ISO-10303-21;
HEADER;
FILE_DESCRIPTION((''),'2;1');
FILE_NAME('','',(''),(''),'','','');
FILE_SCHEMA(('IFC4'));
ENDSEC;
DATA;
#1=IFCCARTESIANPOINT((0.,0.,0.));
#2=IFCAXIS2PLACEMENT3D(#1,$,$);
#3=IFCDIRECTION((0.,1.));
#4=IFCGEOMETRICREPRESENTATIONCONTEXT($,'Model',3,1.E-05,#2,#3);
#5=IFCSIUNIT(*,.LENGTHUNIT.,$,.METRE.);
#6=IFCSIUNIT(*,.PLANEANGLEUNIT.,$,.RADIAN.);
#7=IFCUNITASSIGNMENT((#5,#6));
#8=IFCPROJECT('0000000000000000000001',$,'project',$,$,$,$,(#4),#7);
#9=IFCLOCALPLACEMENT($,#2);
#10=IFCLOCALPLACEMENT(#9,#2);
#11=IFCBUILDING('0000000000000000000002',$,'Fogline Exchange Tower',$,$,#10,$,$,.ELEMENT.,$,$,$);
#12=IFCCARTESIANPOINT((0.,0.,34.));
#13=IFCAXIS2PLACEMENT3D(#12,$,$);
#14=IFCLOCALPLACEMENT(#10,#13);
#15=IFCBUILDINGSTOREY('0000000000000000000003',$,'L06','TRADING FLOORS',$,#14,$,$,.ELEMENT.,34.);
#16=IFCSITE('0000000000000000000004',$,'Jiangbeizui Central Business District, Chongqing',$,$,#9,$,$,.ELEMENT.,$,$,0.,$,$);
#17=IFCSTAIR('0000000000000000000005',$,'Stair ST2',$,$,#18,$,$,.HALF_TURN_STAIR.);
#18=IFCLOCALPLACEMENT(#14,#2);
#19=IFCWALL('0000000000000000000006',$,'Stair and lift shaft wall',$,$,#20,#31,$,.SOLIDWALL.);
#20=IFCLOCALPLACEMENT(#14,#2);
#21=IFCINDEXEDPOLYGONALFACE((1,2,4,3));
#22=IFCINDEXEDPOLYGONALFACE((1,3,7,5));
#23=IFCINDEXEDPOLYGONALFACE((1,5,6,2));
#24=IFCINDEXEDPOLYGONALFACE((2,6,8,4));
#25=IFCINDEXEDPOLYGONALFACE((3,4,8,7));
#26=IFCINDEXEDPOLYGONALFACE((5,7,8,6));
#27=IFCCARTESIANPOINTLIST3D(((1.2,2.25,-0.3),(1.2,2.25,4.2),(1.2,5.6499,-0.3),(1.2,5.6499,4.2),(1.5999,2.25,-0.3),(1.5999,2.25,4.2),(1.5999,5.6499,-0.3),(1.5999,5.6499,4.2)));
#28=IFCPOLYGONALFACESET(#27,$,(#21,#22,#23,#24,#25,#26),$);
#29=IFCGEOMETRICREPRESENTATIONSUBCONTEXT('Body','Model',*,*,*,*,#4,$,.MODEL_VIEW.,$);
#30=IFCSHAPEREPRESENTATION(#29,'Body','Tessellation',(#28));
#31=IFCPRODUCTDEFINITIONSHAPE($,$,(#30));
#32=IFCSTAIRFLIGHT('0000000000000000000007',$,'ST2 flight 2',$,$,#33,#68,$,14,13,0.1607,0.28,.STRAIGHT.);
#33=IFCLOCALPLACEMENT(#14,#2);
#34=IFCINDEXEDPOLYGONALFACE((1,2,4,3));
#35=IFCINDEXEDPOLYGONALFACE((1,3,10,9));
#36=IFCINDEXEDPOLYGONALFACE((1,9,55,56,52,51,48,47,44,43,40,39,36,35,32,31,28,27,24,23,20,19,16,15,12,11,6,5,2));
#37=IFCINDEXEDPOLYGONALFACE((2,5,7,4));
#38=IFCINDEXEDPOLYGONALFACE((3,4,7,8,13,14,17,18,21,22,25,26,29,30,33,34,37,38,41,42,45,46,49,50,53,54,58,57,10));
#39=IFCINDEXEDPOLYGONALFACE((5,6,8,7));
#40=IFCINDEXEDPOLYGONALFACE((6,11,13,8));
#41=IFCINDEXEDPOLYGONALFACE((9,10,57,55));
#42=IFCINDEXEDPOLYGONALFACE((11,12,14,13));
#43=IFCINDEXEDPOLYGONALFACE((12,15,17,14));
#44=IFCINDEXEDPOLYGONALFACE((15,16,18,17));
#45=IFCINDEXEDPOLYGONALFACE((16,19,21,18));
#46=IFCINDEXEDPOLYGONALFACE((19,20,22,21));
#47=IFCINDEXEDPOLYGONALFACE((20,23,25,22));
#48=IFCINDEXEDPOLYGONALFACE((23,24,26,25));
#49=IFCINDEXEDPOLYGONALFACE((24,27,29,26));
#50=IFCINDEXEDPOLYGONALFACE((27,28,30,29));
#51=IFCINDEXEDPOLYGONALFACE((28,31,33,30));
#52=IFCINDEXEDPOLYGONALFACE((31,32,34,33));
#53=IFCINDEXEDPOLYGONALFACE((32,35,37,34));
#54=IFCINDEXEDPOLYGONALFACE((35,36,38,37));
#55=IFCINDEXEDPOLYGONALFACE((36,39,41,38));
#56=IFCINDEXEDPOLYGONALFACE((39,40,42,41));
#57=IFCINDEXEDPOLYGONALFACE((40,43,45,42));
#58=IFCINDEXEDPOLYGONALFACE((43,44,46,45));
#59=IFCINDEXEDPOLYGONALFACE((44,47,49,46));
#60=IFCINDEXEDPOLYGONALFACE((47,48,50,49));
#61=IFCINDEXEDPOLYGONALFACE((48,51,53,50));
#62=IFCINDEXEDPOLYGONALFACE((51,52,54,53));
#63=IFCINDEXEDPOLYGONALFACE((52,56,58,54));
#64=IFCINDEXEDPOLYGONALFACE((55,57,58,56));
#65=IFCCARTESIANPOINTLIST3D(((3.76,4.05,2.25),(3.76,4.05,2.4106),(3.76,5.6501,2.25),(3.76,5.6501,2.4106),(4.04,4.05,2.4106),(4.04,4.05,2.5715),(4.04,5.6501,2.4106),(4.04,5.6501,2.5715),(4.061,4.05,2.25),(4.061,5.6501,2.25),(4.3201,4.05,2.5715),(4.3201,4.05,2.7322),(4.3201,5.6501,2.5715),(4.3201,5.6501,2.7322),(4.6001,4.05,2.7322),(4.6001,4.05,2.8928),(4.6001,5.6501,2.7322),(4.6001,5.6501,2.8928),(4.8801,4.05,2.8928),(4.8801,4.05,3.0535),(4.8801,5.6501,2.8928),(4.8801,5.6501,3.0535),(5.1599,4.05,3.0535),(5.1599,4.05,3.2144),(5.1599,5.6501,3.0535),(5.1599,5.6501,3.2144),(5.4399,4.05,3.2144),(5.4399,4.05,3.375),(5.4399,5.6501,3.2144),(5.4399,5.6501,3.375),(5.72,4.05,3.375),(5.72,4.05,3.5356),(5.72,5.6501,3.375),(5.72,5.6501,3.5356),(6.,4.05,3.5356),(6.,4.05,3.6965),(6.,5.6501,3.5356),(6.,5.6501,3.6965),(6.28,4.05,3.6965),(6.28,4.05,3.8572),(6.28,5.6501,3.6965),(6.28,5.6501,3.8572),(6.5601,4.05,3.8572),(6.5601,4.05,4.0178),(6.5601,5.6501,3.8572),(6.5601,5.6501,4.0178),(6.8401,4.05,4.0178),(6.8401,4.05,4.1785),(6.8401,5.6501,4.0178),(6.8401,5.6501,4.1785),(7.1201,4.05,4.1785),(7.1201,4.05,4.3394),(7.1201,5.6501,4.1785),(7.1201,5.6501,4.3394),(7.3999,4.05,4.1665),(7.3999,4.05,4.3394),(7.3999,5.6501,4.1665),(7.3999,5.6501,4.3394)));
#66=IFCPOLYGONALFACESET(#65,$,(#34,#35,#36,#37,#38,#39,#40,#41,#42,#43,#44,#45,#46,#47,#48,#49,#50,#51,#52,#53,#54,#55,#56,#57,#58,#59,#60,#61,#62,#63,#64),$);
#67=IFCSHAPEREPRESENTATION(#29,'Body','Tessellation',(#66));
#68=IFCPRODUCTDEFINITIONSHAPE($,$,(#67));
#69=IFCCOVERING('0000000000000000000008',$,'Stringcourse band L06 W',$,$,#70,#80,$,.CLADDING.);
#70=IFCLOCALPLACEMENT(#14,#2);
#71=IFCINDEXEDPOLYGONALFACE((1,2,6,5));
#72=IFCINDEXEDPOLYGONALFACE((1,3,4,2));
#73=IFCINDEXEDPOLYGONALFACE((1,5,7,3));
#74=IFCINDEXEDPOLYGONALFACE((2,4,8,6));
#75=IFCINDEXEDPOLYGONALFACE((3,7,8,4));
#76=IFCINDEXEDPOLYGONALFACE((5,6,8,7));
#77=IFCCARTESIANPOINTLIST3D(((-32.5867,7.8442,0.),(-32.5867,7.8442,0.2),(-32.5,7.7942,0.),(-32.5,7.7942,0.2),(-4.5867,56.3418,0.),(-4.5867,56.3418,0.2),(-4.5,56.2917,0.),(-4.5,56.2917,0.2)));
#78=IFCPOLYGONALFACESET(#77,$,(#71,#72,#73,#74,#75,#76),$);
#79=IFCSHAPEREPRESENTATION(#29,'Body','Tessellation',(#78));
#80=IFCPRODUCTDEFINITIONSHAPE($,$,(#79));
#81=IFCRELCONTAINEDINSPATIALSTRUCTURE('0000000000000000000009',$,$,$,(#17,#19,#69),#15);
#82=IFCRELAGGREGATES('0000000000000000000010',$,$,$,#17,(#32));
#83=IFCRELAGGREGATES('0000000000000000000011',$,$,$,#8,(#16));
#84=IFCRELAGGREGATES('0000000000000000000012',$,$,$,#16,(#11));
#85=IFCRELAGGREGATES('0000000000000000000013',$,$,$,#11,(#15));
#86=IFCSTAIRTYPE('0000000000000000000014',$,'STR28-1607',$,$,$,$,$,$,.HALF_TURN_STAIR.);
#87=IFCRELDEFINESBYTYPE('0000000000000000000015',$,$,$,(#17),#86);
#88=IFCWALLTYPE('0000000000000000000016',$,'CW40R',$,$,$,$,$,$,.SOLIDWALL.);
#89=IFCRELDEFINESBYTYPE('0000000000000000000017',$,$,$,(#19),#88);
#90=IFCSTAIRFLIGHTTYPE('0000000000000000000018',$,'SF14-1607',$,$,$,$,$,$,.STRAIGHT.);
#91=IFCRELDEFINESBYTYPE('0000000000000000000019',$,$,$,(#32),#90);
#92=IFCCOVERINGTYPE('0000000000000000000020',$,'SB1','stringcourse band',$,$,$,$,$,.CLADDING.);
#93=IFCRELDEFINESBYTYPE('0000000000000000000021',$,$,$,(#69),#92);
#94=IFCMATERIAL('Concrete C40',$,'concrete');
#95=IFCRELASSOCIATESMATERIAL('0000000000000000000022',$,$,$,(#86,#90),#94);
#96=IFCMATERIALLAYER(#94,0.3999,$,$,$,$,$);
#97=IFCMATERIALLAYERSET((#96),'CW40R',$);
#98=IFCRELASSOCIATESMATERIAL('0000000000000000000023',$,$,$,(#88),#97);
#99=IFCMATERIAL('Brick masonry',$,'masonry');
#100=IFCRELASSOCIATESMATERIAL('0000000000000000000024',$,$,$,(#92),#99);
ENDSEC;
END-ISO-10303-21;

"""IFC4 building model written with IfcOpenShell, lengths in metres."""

from ifc_helpers import new_model, si_unit, direction, frame, frame_2d, origin, place, context, subcontext, project, spatial, polyline, rectangle, outline, extrude, material, layer, layer_set, type_object, element, aggregate, save


model = new_model("IFC4")

# Units and contexts
model_context = context("Model", 3, precision=1e-05, world=origin(), true_north=direction((0.0, 1.0)))
body_context = subcontext(model_context, "Body", "Model", "MODEL_VIEW")
ifc_project = project(units=[si_unit("LENGTHUNIT", "METRE"), si_unit("PLANEANGLEUNIT", "RADIAN")], contexts=[model_context])

# Site, building, storey
site_placement = place(None, origin())
site = spatial("IfcSite", under=ifc_project, at=site_placement, Name="Jiangbeizui Central Business District, Chongqing", CompositionType="ELEMENT", RefElevation=0.0)
building_placement = place(site_placement, origin())
building = spatial("IfcBuilding", under=site, at=building_placement, Name="Fogline Exchange Tower", CompositionType="ELEMENT")
storey_placement = place(building_placement, frame((0.0, 0.0, 34.0)))
storey = spatial("IfcBuildingStorey", under=building, at=storey_placement, Name="L06", Description="TRADING FLOORS", CompositionType="ELEMENT", Elevation=34.0)

# Shared definitions
ifc_material_1 = material(Name="Concrete C40", Category="concrete")

# Stair
stair_type = type_object("IfcStairType", Name="STR28-1607", PredefinedType="HALF_TURN_STAIR", material=ifc_material_1)
stair_1_placement = place(storey_placement, origin())
stair_1 = element("IfcStair", 1, at=stair_1_placement, inside=storey, type_object=stair_type, Name="Stair ST2", PredefinedType="HALF_TURN_STAIR")

# Wall
ifc_layer_1 = layer(ifc_material_1, 0.3999)
ifc_layer_set_1 = layer_set([ifc_layer_1], Name="CW40R")
wall_type_1 = type_object("IfcWallType", Name="CW40R", PredefinedType="SOLIDWALL", material=ifc_layer_set_1)
wall_1_placement = place(storey_placement, frame((1.3999, 2.25, -0.3), z_axis=(0.0, 0.0, 1.0), x_axis=(0.0, 1.0, 0.0)))
element("IfcWall", 2, at=wall_1_placement, inside=storey, type_object=wall_type_1, Name="Stair and lift shaft wall", PredefinedType="SOLIDWALL", context=body_context, shape_type="SweptSolid", body=[
    extrude(rectangle(XDim=3.3999, YDim=0.3999, at=frame_2d((1.7, 0.0))), origin(), (0.0, 0.0, 1.0), 4.5),
])

# Stair flight
stair_flight_type = type_object("IfcStairFlightType", Name="SF14-1607", PredefinedType="STRAIGHT", material=ifc_material_1)
stair_flight_placement = place(storey_placement, frame((3.76, 4.8501, 2.25), z_axis=(0.0, 0.0, 1.0), x_axis=(1.0, 0.0, 0.0)))
stair_flight = element("IfcStairFlight", 3, at=stair_flight_placement, type_object=stair_flight_type, Name="ST2 flight 2", NumberOfRisers=14, NumberOfTreads=13, PredefinedType="STRAIGHT", RiserHeight=0.1607, TreadLength=0.28, context=body_context, shape_type="SweptSolid", body=[
    extrude(outline(polyline([(0.0, 0.0), (0.0, 0.1606), (0.28, 0.1606), (0.28, 0.3215), (0.5601, 0.3215), (0.5601, 0.4822), (0.8401, 0.4822), (0.8401, 0.6428), (1.1201, 0.6428), (1.1201, 0.8035), (1.3999, 0.8035), (1.3999, 0.9644), (1.6799, 0.9644), (1.6799, 1.125), (1.96, 1.125), (1.96, 1.2856), (2.24, 1.2856), (2.24, 1.4465), (2.52, 1.4465), (2.52, 1.6072), (2.8, 1.6072), (2.8, 1.7678), (3.0801, 1.7678), (3.0801, 1.9285), (3.3601, 1.9285), (3.3601, 2.0894), (3.6399, 2.0894), (3.6399, 2.25), (3.6399, 1.9165), (0.301, 0.0), (0.0, 0.0)])), frame((0.0, 0.8, 0.0), z_axis=(0.0, -1.0, 0.0), x_axis=(1.0, 0.0, 0.0)), (0.0, 0.0, 1.0), 1.6001),
])
aggregate(stair_1, [stair_flight])

# Covering
ifc_material_2 = material(Name="Brick masonry", Category="masonry")
covering_type = type_object("IfcCoveringType", Name="SB1", Description="stringcourse band", PredefinedType="CLADDING", material=ifc_material_2)
covering_placement = place(storey_placement, origin())
element("IfcCovering", 4, at=covering_placement, inside=storey, type_object=covering_type, Name="Stringcourse band L06 W", PredefinedType="CLADDING", context=body_context, shape_type="SweptSolid", body=[
    extrude(outline(polyline([(-4.5, 56.2917), (-4.5867, 56.3418), (-32.5867, 7.8442), (-32.5, 7.7942), (-4.5, 56.2917)])), origin(), (0.0, 0.0, 1.0), 0.2),
])

save(model, "model.ifc")
